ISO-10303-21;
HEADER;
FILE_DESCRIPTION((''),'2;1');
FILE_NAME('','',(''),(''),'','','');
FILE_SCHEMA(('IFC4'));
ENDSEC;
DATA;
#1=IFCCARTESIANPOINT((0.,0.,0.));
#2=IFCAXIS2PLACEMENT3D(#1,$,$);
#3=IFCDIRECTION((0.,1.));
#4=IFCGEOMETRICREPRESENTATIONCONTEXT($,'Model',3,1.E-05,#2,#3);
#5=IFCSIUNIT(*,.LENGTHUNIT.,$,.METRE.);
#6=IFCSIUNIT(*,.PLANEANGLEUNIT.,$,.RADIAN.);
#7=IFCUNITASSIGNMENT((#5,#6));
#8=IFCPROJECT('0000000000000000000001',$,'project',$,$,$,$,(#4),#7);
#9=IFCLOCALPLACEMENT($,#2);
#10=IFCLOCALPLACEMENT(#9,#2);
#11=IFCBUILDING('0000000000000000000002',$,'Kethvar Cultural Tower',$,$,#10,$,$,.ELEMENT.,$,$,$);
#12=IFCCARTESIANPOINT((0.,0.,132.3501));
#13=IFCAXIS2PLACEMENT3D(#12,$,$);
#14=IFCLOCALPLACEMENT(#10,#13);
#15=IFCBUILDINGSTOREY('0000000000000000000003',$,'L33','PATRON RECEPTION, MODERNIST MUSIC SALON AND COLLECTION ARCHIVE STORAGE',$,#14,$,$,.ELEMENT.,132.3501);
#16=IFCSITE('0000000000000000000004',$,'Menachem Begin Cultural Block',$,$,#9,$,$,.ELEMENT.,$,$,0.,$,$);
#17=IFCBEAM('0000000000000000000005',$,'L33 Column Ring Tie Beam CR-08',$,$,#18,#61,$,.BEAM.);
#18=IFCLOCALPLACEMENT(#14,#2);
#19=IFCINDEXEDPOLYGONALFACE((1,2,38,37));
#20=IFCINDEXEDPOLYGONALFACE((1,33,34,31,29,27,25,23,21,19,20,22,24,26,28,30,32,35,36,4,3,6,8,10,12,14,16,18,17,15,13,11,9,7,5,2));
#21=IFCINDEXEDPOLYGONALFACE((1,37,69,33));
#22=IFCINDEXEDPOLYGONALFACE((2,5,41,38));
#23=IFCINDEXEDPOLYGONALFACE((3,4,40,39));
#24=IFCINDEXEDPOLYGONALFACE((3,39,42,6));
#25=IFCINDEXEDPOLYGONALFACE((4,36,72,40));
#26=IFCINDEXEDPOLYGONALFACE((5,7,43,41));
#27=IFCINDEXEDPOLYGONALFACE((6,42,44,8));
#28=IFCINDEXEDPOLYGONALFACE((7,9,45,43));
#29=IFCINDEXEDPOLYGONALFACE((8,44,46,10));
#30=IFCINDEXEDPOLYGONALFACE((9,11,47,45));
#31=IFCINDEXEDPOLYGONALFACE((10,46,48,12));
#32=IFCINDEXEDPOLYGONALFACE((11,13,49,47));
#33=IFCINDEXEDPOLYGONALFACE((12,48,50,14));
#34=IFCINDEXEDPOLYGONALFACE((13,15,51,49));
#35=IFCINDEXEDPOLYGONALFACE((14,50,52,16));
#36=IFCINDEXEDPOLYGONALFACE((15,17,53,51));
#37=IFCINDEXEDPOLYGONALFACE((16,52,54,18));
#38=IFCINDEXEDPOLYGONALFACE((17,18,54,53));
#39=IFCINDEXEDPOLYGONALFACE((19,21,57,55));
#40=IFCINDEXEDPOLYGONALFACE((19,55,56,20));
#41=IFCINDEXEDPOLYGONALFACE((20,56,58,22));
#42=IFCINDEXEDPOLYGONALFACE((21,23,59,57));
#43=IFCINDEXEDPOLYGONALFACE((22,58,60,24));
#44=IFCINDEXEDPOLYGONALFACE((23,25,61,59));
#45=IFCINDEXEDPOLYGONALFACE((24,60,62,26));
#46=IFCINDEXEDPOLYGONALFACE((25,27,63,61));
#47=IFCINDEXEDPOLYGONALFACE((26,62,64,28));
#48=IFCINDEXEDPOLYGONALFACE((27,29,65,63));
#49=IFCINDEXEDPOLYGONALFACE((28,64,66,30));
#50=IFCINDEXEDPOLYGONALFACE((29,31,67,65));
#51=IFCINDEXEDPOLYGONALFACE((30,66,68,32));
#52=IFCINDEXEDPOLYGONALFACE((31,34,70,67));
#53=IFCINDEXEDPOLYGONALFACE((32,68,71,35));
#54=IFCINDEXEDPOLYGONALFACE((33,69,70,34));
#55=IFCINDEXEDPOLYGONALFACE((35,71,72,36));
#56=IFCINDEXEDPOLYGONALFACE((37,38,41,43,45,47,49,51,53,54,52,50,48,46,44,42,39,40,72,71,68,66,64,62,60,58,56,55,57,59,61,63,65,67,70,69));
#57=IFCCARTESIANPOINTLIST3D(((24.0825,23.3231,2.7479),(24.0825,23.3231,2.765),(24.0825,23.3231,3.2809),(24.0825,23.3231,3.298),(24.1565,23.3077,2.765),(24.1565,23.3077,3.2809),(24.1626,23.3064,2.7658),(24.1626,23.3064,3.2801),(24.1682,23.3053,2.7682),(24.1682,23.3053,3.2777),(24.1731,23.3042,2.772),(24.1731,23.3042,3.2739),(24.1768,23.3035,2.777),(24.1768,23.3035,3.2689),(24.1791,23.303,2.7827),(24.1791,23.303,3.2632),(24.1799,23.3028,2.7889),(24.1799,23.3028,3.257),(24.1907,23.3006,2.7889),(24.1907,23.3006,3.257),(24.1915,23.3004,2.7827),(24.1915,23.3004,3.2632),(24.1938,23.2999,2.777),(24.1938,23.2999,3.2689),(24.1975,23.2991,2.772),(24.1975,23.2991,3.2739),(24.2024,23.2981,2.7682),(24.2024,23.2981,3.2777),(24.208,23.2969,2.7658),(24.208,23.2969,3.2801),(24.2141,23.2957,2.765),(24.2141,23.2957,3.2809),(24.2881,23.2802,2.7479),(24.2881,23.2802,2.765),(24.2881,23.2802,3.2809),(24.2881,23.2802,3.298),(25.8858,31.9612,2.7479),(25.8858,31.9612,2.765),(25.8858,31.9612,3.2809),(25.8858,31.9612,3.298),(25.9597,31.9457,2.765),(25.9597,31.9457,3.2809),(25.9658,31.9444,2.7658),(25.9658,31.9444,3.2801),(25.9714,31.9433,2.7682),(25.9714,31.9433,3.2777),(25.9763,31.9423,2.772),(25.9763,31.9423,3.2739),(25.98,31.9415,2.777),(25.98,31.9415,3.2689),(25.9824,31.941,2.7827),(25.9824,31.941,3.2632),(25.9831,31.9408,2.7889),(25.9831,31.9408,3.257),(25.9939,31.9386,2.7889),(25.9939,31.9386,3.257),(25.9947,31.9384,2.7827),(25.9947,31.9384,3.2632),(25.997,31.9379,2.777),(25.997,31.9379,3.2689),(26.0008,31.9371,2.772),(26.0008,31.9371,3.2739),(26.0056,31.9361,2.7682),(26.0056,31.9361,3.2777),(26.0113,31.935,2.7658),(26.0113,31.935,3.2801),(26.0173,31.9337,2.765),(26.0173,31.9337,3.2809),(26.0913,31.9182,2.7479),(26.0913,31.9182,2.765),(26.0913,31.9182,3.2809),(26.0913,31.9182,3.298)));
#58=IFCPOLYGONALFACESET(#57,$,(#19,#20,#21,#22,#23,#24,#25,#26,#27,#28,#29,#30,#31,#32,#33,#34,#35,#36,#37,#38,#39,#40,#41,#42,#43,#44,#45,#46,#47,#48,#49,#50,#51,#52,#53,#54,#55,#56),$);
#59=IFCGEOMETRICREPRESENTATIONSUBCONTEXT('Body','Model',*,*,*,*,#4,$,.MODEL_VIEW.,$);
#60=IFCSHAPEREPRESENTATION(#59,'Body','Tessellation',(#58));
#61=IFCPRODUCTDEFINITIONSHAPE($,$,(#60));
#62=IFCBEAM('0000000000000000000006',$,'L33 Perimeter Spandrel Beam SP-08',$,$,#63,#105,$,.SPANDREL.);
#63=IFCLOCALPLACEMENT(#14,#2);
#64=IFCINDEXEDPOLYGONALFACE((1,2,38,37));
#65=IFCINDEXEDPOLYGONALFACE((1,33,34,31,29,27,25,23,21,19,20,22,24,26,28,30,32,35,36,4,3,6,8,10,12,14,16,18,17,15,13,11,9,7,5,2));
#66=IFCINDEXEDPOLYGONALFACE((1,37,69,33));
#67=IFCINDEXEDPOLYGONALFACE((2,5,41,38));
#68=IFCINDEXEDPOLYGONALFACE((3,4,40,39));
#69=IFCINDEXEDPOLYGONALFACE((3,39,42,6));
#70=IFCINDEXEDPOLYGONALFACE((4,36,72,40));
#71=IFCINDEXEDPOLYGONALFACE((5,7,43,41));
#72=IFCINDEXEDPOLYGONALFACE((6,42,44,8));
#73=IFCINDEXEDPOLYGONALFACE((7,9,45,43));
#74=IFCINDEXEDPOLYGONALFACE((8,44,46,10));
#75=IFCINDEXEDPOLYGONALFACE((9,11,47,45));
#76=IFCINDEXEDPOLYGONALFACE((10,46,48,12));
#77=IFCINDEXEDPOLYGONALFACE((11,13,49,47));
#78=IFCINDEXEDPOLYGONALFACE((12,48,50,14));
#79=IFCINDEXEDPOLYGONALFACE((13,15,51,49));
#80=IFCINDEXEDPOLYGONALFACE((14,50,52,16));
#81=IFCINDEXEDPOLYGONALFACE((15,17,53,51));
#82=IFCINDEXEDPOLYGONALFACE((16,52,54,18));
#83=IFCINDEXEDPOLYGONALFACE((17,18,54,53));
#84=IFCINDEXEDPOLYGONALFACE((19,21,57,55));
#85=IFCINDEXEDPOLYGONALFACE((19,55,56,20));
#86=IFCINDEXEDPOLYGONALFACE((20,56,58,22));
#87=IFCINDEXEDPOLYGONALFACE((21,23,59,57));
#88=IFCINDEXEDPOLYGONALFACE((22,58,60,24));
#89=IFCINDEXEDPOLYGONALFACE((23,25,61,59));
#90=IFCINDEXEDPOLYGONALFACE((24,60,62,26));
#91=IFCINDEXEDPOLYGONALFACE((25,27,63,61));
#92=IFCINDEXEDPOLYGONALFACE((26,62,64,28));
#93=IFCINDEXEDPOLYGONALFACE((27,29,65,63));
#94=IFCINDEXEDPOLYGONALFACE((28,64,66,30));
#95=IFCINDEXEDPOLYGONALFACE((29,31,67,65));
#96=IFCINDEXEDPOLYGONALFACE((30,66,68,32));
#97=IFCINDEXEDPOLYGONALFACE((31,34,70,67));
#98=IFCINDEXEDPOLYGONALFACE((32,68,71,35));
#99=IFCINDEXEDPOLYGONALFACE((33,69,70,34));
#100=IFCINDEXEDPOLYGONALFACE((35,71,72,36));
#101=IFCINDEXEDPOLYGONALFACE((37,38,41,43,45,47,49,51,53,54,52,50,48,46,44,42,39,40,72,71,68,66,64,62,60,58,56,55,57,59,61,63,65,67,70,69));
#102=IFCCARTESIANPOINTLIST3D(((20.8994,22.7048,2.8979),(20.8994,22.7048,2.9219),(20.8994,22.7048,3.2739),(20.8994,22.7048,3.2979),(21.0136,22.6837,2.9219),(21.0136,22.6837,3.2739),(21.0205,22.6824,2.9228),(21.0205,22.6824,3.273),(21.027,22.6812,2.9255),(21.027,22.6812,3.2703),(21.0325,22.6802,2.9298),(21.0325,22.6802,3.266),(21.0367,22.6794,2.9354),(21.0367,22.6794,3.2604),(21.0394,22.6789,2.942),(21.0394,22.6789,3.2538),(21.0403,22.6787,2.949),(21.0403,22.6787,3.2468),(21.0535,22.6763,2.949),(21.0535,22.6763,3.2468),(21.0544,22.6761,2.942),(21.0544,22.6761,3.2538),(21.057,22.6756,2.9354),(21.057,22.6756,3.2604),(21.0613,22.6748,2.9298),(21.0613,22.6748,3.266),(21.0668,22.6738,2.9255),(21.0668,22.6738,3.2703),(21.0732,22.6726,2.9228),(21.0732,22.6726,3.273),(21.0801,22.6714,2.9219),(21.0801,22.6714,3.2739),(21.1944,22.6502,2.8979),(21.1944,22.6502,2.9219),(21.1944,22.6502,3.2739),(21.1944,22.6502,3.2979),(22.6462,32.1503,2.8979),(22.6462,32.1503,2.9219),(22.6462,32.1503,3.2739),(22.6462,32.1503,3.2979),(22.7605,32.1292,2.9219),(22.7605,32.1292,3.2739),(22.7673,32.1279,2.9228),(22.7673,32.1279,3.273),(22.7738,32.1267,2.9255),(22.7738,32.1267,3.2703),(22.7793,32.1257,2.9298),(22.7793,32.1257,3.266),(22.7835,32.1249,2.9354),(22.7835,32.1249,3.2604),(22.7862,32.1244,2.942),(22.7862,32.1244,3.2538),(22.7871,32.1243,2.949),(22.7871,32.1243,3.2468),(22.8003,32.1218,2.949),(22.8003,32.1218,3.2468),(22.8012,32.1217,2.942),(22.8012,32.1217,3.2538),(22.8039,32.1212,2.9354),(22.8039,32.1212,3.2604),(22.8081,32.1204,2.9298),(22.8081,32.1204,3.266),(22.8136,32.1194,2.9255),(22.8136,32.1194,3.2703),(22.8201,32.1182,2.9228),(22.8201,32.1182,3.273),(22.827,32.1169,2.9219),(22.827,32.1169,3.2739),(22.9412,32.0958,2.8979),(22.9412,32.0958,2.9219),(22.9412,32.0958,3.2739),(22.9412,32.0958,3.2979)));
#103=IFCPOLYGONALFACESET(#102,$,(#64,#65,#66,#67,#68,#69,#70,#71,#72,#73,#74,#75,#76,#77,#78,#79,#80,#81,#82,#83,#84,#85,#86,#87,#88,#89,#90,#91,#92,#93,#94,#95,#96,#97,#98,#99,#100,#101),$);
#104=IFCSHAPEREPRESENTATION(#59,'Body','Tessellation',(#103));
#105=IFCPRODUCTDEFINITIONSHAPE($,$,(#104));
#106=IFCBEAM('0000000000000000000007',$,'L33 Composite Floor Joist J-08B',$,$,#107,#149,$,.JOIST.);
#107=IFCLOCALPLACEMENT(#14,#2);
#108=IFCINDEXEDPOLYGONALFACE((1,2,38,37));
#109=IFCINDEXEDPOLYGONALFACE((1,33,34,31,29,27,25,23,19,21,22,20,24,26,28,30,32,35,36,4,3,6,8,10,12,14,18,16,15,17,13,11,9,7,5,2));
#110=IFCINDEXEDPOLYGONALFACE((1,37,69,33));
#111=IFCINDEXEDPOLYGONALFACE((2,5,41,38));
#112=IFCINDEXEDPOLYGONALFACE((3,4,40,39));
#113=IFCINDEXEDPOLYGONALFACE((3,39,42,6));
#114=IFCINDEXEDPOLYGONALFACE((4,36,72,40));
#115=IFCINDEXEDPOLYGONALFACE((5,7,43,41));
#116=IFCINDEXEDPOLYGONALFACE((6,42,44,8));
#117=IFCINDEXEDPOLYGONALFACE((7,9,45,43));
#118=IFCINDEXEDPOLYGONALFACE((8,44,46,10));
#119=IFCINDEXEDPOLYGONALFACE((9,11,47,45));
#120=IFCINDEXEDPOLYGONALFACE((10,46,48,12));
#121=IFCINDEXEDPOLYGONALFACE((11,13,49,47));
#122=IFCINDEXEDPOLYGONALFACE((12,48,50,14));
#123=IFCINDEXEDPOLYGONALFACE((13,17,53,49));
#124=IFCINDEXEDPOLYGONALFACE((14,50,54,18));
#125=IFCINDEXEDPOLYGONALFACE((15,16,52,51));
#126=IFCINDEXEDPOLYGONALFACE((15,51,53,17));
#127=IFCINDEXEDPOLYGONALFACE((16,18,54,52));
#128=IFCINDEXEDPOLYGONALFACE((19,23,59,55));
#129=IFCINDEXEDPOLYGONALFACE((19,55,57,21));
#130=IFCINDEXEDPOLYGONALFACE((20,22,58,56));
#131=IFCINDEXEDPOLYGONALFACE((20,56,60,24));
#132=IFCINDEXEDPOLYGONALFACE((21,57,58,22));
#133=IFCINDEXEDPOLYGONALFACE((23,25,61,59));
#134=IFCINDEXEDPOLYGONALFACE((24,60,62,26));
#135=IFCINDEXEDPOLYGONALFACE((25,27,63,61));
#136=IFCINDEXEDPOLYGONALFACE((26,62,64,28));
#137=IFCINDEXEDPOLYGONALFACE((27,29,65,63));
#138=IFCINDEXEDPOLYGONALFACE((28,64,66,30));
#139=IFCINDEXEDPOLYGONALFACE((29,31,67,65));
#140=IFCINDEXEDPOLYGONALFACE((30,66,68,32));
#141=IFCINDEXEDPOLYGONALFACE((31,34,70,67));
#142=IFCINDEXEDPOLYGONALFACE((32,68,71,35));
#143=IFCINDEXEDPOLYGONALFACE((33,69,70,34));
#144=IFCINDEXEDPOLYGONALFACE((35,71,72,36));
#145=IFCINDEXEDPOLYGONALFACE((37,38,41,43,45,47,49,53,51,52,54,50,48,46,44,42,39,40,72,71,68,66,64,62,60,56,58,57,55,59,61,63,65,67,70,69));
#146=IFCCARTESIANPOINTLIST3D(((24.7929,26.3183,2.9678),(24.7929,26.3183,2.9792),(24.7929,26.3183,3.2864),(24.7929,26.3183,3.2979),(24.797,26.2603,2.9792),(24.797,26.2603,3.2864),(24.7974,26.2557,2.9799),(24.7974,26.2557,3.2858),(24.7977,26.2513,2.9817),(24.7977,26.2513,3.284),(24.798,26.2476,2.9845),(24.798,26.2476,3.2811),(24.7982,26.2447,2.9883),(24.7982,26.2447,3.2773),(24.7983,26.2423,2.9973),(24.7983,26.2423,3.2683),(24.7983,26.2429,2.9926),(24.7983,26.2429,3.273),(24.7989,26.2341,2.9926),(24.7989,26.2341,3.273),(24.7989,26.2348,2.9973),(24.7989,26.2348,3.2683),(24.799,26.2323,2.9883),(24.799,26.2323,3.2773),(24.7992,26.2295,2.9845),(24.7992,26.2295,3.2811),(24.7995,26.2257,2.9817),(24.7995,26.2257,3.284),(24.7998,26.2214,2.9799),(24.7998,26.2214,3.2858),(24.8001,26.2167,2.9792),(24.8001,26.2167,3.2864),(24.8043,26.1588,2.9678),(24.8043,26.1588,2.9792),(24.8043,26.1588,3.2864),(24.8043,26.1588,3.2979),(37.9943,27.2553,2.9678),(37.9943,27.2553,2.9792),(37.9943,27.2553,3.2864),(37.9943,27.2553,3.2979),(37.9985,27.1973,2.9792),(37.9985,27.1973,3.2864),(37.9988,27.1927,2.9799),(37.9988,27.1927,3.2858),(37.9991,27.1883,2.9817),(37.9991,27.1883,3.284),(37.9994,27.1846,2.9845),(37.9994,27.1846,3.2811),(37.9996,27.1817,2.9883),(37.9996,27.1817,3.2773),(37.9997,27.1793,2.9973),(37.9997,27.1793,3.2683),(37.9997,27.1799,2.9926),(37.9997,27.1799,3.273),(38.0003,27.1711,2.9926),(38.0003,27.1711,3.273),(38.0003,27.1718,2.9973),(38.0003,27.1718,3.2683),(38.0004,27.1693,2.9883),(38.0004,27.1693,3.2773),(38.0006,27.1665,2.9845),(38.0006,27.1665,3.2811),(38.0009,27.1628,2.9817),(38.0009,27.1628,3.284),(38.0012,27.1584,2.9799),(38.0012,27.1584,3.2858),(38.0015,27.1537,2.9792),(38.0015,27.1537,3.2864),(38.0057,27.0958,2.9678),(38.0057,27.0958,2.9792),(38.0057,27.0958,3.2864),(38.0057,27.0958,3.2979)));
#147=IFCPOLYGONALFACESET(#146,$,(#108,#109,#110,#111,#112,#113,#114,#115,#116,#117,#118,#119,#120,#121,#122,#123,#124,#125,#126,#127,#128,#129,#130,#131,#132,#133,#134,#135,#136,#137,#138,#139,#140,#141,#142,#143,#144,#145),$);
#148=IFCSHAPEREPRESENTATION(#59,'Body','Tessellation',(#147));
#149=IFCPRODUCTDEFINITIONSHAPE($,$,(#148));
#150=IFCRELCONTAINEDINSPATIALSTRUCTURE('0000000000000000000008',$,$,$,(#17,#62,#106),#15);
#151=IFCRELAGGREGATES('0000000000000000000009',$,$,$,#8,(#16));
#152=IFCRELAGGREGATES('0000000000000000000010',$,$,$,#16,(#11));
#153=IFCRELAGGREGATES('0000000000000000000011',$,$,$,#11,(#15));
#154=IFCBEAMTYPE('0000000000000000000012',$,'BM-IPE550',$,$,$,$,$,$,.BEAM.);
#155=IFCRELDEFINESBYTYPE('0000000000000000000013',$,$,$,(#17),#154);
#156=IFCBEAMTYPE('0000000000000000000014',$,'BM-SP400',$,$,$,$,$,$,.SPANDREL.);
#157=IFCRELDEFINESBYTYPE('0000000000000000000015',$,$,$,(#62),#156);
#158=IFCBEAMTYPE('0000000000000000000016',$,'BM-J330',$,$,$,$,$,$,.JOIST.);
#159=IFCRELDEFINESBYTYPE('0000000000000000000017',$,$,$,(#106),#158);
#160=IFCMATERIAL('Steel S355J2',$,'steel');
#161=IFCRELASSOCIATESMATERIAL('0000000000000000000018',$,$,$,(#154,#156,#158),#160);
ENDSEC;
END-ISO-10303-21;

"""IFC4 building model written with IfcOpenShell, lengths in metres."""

from ifc_helpers import new_model, si_unit, direction, frame, origin, origin_2d, place, context, subcontext, project, spatial, i_section, extrude, source, transform, mapped, material, material_profile, profile_set, type_object, element, save


model = new_model("IFC4")

# Units and contexts
model_context = context("Model", 3, precision=1e-05, world=origin(), true_north=direction((0.0, 1.0)))
body_context = subcontext(model_context, "Body", "Model", "MODEL_VIEW")
ifc_project = project(units=[si_unit("LENGTHUNIT", "METRE"), si_unit("PLANEANGLEUNIT", "RADIAN")], contexts=[model_context])

# Site, building, storey
site_placement = place(None, origin())
site = spatial("IfcSite", under=ifc_project, at=site_placement, Name="Menachem Begin Cultural Block", CompositionType="ELEMENT", RefElevation=0.0)
building_placement = place(site_placement, origin())
building = spatial("IfcBuilding", under=site, at=building_placement, Name="Kethvar Cultural Tower", CompositionType="ELEMENT")
storey_placement = place(building_placement, frame((0.0, 0.0, 132.3501)))
storey = spatial("IfcBuildingStorey", under=building, at=storey_placement, Name="L33", Description="PATRON RECEPTION, MODERNIST MUSIC SALON AND COLLECTION ARCHIVE STORAGE", CompositionType="ELEMENT", Elevation=132.3501)

# Beams
ifc_material_1 = material(Name="Steel S355J2", Category="steel")
ifc_material_profile_1 = material_profile(ifc_material_1, i_section(OverallWidth=0.21, OverallDepth=0.55, WebThickness=0.011, FlangeThickness=0.0171, FilletRadius=0.0239, at=origin_2d()), Name="Steel S355J2 — IPE550")
ifc_profile_set_1 = profile_set([ifc_material_profile_1], Name="Steel S355J2 — IPE550")
beam_type_1 = type_object("IfcBeamType", Name="BM-IPE550", PredefinedType="BEAM", material=ifc_profile_set_1)
shared_shape_1 = source(origin(), body_context, "Body", "SweptSolid", [
    extrude(i_section(OverallWidth=0.21, OverallDepth=0.55, WebThickness=0.011, FlangeThickness=0.0171, FilletRadius=0.0239, at=origin_2d()), origin(), (0.0, 0.0, 1.0), 8.8242),
])
beam_1_placement = place(storey_placement, frame((25.9885, 31.9397, 3.0229), z_axis=(-0.204351, -0.978898, 0.0), x_axis=(0.978898, -0.204351, 0.0)))
element("IfcBeam", 1, at=beam_1_placement, inside=storey, type_object=beam_type_1, Name="L33 Column Ring Tie Beam CR-08", PredefinedType="BEAM", context=body_context, shape_type="MappedRepresentation", body=[
    mapped(shared_shape_1, transform((0.0, 0.0, 0.0), scale=1.0)),
])
ifc_material_profile_2 = material_profile(ifc_material_1, i_section(OverallWidth=0.3, OverallDepth=0.3999, WebThickness=0.0134, FlangeThickness=0.0239, FilletRadius=0.0271, at=origin_2d()), Name="Steel S355J2 — HEB400")
ifc_profile_set_2 = profile_set([ifc_material_profile_2], Name="Steel S355J2 — HEB400")
beam_type_2 = type_object("IfcBeamType", Name="BM-SP400", PredefinedType="SPANDREL", material=ifc_profile_set_2)
shared_shape_2 = source(origin(), body_context, "Body", "SweptSolid", [
    extrude(i_section(OverallWidth=0.3, OverallDepth=0.3999, WebThickness=0.0134, FlangeThickness=0.0239, FilletRadius=0.0271, at=origin_2d()), origin(), (0.0, 0.0, 1.0), 9.6057),
])
beam_2_placement = place(storey_placement, frame((22.7937, 32.123, 3.0979), z_axis=(-0.181853, -0.983326, 0.0), x_axis=(0.983326, -0.181853, 0.0)))
element("IfcBeam", 2, at=beam_2_placement, inside=storey, type_object=beam_type_2, Name="L33 Perimeter Spandrel Beam SP-08", PredefinedType="SPANDREL", context=body_context, shape_type="MappedRepresentation", body=[
    mapped(shared_shape_2, transform((0.0, 0.0, 0.0), scale=1.0)),
])
ifc_material_profile_3 = material_profile(ifc_material_1, i_section(OverallWidth=0.1599, OverallDepth=0.3301, WebThickness=0.0076, FlangeThickness=0.0115, FilletRadius=0.0181, at=origin_2d()), Name="Steel S355J2 — IPE330")
ifc_profile_set_3 = profile_set([ifc_material_profile_3], Name="Steel S355J2 — IPE330")
beam_type_3 = type_object("IfcBeamType", Name="BM-J330", PredefinedType="JOIST", material=ifc_profile_set_3)
shared_shape_3 = source(origin(), body_context, "Body", "SweptSolid", [
    extrude(i_section(OverallWidth=0.1599, OverallDepth=0.3301, WebThickness=0.0076, FlangeThickness=0.0115, FilletRadius=0.0181, at=origin_2d()), origin(), (0.0, 0.0, 1.0), 13.2346),
])
beam_3_placement = place(storey_placement, frame((38.0, 27.1755, 3.1328), z_axis=(-0.997491, -0.0708, 0.0), x_axis=(0.0708, -0.997491, 0.0)))
element("IfcBeam", 3, at=beam_3_placement, inside=storey, type_object=beam_type_3, Name="L33 Composite Floor Joist J-08B", PredefinedType="JOIST", context=body_context, shape_type="MappedRepresentation", body=[
    mapped(shared_shape_3, transform((0.0, 0.0, 0.0), scale=1.0)),
])

save(model, "model.ifc")
